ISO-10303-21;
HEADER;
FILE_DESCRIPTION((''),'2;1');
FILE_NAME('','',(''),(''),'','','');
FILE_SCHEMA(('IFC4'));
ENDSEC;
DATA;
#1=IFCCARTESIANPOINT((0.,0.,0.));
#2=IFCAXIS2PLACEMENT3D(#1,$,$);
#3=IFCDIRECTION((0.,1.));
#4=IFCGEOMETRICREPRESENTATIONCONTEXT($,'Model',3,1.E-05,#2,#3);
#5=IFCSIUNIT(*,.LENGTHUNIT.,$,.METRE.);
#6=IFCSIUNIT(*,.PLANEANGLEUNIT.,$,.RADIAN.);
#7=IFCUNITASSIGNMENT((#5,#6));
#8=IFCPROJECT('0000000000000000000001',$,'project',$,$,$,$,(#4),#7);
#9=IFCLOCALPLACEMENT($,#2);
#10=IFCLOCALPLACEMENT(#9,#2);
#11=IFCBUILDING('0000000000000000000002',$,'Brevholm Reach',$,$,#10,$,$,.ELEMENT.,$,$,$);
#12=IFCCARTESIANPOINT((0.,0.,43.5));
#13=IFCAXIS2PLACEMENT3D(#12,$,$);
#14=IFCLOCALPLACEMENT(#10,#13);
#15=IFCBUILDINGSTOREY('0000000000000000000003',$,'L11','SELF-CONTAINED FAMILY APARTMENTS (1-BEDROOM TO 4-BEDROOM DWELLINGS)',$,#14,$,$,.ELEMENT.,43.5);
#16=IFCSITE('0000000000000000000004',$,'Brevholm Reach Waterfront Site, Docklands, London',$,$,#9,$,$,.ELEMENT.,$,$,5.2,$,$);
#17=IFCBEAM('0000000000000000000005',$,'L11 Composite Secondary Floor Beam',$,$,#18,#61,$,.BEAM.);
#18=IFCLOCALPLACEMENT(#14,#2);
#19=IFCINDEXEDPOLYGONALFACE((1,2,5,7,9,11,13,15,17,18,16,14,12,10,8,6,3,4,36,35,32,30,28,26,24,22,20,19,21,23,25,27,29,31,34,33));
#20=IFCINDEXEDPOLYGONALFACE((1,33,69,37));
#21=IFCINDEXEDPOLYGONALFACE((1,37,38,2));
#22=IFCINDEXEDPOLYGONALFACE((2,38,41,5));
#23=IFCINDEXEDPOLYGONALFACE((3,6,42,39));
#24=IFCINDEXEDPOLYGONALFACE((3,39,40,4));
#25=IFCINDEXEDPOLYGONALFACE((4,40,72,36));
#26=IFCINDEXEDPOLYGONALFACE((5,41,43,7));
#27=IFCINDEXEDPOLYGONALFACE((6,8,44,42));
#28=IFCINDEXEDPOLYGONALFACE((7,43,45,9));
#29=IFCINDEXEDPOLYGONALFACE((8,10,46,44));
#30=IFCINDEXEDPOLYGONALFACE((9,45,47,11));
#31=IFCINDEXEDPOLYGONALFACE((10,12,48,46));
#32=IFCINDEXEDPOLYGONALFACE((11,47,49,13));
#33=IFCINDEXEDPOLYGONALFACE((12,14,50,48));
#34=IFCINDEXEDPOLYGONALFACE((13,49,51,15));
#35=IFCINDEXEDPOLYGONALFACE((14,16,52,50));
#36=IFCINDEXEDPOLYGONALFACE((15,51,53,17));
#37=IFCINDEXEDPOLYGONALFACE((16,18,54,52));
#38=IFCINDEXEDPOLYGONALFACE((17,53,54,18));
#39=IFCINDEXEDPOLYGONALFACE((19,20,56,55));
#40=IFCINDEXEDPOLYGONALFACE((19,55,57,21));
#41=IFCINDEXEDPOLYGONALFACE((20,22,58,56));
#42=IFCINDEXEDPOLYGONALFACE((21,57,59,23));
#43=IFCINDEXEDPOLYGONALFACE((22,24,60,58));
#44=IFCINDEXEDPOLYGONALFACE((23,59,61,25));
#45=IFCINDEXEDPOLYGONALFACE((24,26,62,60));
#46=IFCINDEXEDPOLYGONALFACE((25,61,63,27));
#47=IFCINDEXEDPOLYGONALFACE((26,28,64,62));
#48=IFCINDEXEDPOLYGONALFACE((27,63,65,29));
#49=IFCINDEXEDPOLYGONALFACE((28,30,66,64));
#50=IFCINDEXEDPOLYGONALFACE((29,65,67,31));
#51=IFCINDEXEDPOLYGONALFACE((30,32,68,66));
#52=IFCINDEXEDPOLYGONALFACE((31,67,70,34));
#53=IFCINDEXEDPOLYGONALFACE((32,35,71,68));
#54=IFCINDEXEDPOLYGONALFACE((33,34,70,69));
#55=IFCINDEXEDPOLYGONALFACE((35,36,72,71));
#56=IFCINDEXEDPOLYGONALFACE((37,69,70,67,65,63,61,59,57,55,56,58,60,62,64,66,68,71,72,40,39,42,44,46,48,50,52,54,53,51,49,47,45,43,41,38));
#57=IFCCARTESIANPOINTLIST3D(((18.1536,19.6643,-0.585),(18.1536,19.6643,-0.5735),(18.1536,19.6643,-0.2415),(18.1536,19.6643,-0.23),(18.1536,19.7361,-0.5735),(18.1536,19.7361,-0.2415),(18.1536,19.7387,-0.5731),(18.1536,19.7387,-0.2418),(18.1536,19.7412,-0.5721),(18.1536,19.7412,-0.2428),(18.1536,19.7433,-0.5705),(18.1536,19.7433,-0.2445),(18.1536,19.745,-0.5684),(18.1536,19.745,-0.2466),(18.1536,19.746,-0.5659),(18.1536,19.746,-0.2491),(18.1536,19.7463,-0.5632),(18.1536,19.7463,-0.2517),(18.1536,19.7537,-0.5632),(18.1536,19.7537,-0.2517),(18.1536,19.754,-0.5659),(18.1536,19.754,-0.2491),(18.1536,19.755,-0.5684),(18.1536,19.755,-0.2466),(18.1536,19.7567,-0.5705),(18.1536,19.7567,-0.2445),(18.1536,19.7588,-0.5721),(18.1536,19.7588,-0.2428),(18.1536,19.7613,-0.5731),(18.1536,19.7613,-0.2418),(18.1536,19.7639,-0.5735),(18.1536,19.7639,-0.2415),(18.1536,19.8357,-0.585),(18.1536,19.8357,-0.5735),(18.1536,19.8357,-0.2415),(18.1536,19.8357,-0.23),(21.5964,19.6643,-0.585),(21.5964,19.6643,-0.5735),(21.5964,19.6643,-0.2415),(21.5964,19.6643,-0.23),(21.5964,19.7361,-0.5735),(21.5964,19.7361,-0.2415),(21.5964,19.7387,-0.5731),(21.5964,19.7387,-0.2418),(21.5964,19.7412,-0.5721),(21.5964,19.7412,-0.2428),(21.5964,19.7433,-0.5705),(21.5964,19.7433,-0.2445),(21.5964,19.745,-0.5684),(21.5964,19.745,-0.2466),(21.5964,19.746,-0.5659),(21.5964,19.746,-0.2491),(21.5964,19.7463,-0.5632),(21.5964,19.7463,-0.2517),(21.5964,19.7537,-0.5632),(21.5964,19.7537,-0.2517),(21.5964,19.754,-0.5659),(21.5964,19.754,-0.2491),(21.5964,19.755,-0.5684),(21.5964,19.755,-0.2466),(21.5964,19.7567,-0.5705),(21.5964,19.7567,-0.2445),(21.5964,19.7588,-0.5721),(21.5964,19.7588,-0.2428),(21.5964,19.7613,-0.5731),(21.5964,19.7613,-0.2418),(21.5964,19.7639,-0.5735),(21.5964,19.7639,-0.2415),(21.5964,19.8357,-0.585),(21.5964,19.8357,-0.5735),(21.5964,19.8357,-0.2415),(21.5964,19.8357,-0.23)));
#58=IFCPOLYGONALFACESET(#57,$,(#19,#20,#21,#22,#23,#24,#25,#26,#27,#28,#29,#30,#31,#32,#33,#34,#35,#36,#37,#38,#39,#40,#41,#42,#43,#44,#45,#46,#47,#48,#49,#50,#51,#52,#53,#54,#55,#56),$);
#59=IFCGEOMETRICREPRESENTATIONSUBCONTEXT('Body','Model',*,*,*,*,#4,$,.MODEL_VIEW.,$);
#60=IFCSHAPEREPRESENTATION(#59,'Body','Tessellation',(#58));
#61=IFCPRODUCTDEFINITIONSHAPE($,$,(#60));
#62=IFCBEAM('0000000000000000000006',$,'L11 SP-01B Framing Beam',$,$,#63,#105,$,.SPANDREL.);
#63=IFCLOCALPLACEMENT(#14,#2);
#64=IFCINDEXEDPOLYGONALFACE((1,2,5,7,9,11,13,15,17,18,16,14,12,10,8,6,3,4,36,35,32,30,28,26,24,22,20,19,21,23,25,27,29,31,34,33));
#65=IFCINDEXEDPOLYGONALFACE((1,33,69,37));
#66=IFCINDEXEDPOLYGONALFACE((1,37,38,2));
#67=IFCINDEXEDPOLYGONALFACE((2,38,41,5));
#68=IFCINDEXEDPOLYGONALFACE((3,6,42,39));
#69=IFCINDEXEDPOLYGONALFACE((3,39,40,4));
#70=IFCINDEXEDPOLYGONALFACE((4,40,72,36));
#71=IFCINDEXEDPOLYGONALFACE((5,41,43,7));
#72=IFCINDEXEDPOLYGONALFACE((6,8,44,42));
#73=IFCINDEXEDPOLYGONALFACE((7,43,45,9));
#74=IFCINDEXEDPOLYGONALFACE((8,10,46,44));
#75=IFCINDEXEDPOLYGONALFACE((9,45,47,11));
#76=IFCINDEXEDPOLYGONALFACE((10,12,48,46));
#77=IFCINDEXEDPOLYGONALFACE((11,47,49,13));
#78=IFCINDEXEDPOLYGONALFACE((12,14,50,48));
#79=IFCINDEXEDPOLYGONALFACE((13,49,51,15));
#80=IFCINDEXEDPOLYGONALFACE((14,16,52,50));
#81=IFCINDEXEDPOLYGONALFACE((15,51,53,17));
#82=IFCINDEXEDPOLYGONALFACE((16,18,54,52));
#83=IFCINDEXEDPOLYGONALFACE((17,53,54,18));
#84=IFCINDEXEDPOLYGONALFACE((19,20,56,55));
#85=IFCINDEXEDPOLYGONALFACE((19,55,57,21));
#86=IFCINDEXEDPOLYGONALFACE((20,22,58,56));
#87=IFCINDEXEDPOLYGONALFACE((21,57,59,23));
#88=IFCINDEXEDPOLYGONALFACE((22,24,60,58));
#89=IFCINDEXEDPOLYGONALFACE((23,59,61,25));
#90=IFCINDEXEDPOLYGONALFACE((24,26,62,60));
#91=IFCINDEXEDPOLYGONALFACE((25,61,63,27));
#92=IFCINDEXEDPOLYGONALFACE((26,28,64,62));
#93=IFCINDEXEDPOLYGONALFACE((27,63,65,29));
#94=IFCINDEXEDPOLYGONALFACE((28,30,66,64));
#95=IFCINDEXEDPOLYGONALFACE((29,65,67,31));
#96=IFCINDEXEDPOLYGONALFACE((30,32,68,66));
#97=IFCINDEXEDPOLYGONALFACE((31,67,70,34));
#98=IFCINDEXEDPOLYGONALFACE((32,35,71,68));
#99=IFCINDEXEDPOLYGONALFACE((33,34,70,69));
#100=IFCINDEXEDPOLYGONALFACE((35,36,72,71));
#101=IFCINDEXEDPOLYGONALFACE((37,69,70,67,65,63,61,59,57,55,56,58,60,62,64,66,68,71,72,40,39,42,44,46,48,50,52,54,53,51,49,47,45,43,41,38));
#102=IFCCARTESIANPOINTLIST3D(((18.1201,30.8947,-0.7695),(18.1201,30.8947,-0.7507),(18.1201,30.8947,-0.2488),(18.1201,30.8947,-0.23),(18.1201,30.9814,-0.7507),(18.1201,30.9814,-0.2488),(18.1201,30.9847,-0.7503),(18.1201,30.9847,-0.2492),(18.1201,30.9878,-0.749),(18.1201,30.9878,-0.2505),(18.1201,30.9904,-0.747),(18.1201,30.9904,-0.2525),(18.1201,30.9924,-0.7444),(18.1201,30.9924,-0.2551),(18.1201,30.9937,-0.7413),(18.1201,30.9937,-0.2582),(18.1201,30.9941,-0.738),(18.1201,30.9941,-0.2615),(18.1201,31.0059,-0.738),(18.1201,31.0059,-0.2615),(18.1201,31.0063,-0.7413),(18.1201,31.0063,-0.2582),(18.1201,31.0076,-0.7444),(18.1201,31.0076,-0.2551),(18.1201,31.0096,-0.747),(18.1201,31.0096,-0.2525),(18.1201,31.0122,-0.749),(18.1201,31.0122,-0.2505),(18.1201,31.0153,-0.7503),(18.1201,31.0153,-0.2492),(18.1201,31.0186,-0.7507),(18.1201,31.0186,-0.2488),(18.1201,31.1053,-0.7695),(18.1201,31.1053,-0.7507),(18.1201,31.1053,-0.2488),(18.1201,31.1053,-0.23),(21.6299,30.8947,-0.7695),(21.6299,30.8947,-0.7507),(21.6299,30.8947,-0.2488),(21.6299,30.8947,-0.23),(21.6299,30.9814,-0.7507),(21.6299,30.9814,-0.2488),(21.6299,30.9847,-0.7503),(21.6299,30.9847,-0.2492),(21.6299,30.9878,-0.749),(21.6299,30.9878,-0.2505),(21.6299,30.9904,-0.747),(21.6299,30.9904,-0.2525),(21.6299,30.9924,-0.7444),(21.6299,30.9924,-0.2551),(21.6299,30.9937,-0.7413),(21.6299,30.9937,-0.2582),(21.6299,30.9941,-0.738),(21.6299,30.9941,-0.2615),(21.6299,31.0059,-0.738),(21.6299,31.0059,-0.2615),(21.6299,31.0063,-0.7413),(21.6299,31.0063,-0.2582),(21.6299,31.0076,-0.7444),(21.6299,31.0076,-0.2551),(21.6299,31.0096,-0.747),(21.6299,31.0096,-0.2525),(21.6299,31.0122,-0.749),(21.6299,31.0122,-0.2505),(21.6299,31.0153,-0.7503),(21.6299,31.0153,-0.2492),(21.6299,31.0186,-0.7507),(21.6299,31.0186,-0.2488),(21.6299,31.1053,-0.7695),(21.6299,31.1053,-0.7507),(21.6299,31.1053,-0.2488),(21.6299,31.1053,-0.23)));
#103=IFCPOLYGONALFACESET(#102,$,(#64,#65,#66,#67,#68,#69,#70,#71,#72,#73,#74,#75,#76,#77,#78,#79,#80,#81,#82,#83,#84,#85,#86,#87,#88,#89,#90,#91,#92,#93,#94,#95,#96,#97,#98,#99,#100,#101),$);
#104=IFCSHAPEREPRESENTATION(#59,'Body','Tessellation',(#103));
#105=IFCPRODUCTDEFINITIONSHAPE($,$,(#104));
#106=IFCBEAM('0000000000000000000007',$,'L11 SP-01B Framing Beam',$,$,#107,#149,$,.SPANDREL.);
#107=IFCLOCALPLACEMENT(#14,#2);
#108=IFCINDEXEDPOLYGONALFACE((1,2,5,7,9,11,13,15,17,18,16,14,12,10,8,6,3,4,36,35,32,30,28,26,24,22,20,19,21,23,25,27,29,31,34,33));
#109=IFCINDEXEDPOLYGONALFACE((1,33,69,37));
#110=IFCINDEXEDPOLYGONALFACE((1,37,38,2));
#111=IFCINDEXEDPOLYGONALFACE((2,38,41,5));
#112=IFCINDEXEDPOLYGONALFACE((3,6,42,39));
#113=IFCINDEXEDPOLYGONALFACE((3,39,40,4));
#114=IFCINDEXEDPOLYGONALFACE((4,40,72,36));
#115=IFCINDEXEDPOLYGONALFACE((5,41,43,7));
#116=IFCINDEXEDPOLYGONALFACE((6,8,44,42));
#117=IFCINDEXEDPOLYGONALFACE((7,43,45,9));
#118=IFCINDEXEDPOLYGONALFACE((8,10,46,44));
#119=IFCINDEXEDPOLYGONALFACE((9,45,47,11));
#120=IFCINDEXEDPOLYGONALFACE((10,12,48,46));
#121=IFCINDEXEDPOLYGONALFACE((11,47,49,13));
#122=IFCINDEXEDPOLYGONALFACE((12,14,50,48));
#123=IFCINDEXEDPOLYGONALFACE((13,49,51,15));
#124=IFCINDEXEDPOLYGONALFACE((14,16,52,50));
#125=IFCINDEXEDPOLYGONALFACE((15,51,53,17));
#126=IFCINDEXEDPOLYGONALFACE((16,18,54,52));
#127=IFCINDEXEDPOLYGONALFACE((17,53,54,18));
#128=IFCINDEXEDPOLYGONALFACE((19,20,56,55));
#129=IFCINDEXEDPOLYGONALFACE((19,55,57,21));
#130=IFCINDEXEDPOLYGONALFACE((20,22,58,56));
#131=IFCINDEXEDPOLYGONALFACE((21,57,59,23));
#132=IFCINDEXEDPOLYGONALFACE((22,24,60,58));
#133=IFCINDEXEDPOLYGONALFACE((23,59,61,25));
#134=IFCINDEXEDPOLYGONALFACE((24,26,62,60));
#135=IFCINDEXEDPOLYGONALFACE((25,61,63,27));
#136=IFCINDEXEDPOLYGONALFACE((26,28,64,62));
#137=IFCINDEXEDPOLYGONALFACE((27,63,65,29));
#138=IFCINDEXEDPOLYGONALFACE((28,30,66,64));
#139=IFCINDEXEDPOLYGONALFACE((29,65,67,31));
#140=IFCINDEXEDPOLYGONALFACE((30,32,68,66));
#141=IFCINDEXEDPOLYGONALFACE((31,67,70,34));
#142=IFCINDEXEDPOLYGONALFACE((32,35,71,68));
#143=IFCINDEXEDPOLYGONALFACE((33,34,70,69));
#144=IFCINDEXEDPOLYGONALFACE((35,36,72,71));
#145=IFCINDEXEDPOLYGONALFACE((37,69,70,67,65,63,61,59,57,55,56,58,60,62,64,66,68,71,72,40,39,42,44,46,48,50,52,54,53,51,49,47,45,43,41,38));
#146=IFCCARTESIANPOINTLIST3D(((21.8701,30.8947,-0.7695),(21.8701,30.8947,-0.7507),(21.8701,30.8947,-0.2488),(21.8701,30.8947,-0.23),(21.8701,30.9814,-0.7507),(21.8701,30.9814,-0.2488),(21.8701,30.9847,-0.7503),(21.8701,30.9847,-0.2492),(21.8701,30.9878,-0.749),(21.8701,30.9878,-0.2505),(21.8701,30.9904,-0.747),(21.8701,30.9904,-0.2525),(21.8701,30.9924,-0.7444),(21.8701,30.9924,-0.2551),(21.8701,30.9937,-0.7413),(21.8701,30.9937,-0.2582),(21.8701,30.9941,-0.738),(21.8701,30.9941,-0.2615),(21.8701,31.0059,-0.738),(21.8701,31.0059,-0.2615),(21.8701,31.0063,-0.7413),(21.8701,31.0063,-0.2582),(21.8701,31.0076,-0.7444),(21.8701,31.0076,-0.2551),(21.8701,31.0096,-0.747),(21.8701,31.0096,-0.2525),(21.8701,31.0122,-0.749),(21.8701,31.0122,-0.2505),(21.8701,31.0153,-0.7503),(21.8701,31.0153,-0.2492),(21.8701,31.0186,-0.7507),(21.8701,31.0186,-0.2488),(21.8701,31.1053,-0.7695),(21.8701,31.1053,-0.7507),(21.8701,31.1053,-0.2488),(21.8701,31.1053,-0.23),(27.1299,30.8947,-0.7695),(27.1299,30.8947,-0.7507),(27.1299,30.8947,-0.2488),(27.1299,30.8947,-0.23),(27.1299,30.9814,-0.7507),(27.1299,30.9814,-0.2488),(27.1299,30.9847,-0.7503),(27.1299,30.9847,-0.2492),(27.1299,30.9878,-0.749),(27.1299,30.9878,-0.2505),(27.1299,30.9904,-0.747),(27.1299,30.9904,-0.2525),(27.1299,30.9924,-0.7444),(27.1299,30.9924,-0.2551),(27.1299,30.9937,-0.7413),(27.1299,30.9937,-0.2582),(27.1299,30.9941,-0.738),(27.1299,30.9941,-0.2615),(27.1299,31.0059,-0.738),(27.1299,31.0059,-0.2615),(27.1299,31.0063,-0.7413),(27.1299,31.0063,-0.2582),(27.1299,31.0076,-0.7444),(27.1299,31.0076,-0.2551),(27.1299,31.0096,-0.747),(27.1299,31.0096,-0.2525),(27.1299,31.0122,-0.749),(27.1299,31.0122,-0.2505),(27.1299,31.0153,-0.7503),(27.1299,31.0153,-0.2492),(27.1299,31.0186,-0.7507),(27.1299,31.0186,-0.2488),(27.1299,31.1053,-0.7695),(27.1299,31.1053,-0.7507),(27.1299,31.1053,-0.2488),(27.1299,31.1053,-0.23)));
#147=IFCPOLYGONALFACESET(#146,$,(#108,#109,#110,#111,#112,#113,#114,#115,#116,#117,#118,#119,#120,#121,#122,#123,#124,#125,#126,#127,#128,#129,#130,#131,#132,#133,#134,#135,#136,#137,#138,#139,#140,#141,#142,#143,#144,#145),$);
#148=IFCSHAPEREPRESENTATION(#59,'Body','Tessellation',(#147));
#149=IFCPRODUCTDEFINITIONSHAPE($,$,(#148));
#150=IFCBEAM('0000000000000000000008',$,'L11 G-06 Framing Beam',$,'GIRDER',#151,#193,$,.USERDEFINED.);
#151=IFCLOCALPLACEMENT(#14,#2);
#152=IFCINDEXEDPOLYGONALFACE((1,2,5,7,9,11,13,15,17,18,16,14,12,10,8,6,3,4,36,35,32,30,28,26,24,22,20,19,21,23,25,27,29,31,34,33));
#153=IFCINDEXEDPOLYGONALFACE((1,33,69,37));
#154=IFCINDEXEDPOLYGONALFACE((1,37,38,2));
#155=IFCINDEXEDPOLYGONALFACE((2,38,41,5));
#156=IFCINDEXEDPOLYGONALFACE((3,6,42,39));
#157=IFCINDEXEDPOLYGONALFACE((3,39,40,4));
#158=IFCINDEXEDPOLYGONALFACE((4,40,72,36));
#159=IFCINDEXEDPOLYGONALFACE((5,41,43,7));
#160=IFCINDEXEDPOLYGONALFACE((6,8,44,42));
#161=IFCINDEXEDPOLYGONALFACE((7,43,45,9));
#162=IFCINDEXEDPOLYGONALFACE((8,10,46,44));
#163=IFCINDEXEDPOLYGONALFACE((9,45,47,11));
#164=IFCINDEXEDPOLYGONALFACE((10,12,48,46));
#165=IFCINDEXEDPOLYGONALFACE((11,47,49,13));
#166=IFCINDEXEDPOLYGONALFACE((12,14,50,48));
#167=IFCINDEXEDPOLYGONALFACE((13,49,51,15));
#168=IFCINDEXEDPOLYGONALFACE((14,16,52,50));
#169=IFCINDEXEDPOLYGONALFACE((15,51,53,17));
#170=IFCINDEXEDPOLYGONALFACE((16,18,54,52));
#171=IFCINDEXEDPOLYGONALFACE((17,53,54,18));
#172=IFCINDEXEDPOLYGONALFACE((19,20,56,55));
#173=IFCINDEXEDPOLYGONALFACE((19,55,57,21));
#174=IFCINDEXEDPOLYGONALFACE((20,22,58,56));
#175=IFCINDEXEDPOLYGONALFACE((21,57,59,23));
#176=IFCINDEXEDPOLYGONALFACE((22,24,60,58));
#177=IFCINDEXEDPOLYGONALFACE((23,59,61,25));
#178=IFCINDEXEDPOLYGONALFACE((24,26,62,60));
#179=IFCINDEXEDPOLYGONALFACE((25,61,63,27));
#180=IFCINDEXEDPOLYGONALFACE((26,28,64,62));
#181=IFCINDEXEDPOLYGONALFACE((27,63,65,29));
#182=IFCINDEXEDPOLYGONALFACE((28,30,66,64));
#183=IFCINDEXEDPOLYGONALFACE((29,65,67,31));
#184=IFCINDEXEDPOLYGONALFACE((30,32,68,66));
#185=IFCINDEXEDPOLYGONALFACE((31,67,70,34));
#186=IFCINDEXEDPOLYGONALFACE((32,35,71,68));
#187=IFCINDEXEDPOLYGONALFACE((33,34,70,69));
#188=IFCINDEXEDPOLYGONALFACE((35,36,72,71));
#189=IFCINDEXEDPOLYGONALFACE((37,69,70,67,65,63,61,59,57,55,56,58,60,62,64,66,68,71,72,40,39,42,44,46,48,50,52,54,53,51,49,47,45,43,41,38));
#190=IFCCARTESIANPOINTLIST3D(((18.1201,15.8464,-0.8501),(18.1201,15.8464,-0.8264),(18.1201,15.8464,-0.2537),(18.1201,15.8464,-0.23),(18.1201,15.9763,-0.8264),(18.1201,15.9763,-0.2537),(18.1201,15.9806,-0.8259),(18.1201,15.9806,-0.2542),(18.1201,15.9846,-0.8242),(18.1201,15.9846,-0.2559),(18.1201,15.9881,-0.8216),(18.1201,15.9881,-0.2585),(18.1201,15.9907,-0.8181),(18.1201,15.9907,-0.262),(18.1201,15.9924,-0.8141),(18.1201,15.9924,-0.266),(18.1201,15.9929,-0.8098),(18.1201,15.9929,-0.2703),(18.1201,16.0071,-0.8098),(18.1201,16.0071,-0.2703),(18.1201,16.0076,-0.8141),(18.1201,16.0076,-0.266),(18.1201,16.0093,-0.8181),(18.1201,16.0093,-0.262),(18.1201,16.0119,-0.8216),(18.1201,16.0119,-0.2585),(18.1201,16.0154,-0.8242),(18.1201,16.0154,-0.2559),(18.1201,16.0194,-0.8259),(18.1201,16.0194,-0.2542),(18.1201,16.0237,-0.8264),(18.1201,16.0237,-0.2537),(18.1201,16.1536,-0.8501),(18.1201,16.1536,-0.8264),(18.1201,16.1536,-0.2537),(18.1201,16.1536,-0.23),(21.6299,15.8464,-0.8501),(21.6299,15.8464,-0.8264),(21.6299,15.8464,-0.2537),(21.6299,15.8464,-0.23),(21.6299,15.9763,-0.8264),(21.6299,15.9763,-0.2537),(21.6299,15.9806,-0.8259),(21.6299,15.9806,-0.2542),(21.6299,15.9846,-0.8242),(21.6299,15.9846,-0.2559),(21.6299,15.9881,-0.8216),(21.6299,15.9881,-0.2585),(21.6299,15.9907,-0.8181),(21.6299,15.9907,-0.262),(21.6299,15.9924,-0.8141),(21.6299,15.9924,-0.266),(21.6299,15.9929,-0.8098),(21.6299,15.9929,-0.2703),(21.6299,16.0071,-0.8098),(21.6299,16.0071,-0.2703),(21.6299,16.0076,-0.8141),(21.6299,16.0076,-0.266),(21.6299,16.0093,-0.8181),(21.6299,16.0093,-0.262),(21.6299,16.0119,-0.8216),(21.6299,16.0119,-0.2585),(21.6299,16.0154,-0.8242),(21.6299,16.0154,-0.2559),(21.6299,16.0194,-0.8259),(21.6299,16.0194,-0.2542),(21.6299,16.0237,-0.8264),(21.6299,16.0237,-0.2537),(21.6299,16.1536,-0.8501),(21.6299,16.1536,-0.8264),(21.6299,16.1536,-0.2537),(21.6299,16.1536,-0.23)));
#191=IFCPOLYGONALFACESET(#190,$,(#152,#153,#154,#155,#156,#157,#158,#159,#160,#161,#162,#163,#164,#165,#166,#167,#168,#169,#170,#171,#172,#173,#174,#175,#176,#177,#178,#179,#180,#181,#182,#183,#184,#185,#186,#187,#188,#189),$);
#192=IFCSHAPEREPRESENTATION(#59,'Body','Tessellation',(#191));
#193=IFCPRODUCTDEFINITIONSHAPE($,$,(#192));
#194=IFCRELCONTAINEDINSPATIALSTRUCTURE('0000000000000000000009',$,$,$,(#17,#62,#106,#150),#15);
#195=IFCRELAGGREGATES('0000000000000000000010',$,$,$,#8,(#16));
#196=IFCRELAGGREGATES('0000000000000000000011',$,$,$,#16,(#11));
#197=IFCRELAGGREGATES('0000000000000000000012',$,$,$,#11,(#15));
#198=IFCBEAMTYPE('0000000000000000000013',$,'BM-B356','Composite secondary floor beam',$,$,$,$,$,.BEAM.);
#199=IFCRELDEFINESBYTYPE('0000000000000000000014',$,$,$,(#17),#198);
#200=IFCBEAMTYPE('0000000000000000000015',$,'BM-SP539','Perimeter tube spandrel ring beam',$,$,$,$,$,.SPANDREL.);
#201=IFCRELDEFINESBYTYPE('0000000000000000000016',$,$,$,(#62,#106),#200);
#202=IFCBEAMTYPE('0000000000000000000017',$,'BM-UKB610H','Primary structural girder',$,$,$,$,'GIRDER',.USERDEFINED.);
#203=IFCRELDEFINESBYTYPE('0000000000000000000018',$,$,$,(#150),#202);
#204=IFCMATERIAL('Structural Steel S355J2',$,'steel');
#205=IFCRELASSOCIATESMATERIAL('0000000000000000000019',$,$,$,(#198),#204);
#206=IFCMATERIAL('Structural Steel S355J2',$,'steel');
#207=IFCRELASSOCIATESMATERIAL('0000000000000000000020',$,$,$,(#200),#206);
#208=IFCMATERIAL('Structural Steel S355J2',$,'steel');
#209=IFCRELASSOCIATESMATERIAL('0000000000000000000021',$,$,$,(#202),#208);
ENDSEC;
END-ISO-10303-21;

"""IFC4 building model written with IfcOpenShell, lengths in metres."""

from ifc_helpers import new_model, si_unit, direction, frame, origin, origin_2d, place, context, subcontext, project, spatial, i_section, extrude, material, material_profile, profile_set, type_object, element, save


model = new_model("IFC4")

# Units and contexts
model_context = context("Model", 3, precision=1e-05, world=origin(), true_north=direction((0.0, 1.0)))
body_context = subcontext(model_context, "Body", "Model", "MODEL_VIEW")
ifc_project = project(units=[si_unit("LENGTHUNIT", "METRE"), si_unit("PLANEANGLEUNIT", "RADIAN")], contexts=[model_context])

# Site, building, storey
site_placement = place(None, origin())
site = spatial("IfcSite", under=ifc_project, at=site_placement, Name="Brevholm Reach Waterfront Site, Docklands, London", CompositionType="ELEMENT", RefElevation=5.2)
building_placement = place(site_placement, origin())
building = spatial("IfcBuilding", under=site, at=building_placement, Name="Brevholm Reach", CompositionType="ELEMENT")
storey_placement = place(building_placement, frame((0.0, 0.0, 43.5)))
storey = spatial("IfcBuildingStorey", under=building, at=storey_placement, Name="L11", Description="SELF-CONTAINED FAMILY APARTMENTS (1-BEDROOM TO 4-BEDROOM DWELLINGS)", CompositionType="ELEMENT", Elevation=43.5)

# Beams
ifc_material_1 = material(Name="Structural Steel S355J2", Category="steel")
ifc_material_profile_1 = material_profile(ifc_material_1, i_section(OverallWidth=0.1714, OverallDepth=0.355, WebThickness=0.0073, FlangeThickness=0.0115, FilletRadius=0.0103, at=origin_2d()), Name="UKB 356x171x51")
ifc_profile_set_1 = profile_set([ifc_material_profile_1], Name="Structural Steel S355J2")
beam_type_1 = type_object("IfcBeamType", Name="BM-B356", Description="Composite secondary floor beam", PredefinedType="BEAM", material=ifc_profile_set_1)
beam_1_placement = place(storey_placement, frame((18.1536, 19.75, -0.4075), z_axis=(1.0, 0.0, 0.0), x_axis=(0.0, 1.0, 0.0)))
element("IfcBeam", 1, at=beam_1_placement, inside=storey, type_object=beam_type_1, Name="L11 Composite Secondary Floor Beam", PredefinedType="BEAM", context=body_context, shape_type="SweptSolid", body=[
    extrude(i_section(OverallWidth=0.1714, OverallDepth=0.355, WebThickness=0.0073, FlangeThickness=0.0115, FilletRadius=0.0103, at=origin_2d()), origin(), (0.0, 0.0, 1.0), 3.4429),
])
ifc_material_2 = material(Name="Structural Steel S355J2", Category="steel")
ifc_material_profile_2 = material_profile(ifc_material_2, i_section(OverallWidth=0.2107, OverallDepth=0.5396, WebThickness=0.0117, FlangeThickness=0.0188, FilletRadius=0.0127, at=origin_2d()), Name="UKB 533x210x109")
ifc_profile_set_2 = profile_set([ifc_material_profile_2], Name="Structural Steel S355J2")
beam_type_2 = type_object("IfcBeamType", Name="BM-SP539", Description="Perimeter tube spandrel ring beam", PredefinedType="SPANDREL", material=ifc_profile_set_2)
beam_2_placement = place(storey_placement, frame((18.1201, 31.0, -0.4998), z_axis=(1.0, 0.0, 0.0), x_axis=(0.0, 1.0, 0.0)))
element("IfcBeam", 2, at=beam_2_placement, inside=storey, type_object=beam_type_2, Name="L11 SP-01B Framing Beam", PredefinedType="SPANDREL", context=body_context, shape_type="SweptSolid", body=[
    extrude(i_section(OverallWidth=0.2107, OverallDepth=0.5396, WebThickness=0.0117, FlangeThickness=0.0188, FilletRadius=0.0127, at=origin_2d()), origin(), (0.0, 0.0, 1.0), 3.5098),
])
beam_3_placement = place(storey_placement, frame((21.8701, 31.0, -0.4998), z_axis=(1.0, 0.0, 0.0), x_axis=(0.0, 1.0, 0.0)))
element("IfcBeam", 3, at=beam_3_placement, inside=storey, type_object=beam_type_2, Name="L11 SP-01B Framing Beam", PredefinedType="SPANDREL", context=body_context, shape_type="SweptSolid", body=[
    extrude(i_section(OverallWidth=0.2107, OverallDepth=0.5396, WebThickness=0.0117, FlangeThickness=0.0188, FilletRadius=0.0127, at=origin_2d()), origin(), (0.0, 0.0, 1.0), 5.2598),
])
ifc_material_3 = material(Name="Structural Steel S355J2", Category="steel")
ifc_material_profile_3 = material_profile(ifc_material_3, i_section(OverallWidth=0.3071, OverallDepth=0.6201, WebThickness=0.0142, FlangeThickness=0.0237, FilletRadius=0.0166, at=origin_2d()), Name="UKB 610x305x179")
ifc_profile_set_3 = profile_set([ifc_material_profile_3], Name="Structural Steel S355J2")
beam_type_3 = type_object("IfcBeamType", Name="BM-UKB610H", Description="Primary structural girder", ElementType="GIRDER", PredefinedType="USERDEFINED", material=ifc_profile_set_3)
for number, where, z_axis, x_axis, name in (
    (4, (18.1201, 16.0, -0.54), (1.0, 0.0, 0.0), (0.0, 1.0, 0.0), "L11 G-06 Framing Beam"),
):
    element("IfcBeam", number, at=place(storey_placement, frame(where, z_axis=z_axis, x_axis=x_axis)), inside=storey, type_object=beam_type_3, Name=name, ObjectType="GIRDER", PredefinedType="USERDEFINED", context=body_context, shape_type="SweptSolid", body=[
        extrude(i_section(OverallWidth=0.3071, OverallDepth=0.6201, WebThickness=0.0142, FlangeThickness=0.0237, FilletRadius=0.0166, at=origin_2d()), origin(), (0.0, 0.0, 1.0), 3.5098),
    ])

save(model, "model.ifc")
